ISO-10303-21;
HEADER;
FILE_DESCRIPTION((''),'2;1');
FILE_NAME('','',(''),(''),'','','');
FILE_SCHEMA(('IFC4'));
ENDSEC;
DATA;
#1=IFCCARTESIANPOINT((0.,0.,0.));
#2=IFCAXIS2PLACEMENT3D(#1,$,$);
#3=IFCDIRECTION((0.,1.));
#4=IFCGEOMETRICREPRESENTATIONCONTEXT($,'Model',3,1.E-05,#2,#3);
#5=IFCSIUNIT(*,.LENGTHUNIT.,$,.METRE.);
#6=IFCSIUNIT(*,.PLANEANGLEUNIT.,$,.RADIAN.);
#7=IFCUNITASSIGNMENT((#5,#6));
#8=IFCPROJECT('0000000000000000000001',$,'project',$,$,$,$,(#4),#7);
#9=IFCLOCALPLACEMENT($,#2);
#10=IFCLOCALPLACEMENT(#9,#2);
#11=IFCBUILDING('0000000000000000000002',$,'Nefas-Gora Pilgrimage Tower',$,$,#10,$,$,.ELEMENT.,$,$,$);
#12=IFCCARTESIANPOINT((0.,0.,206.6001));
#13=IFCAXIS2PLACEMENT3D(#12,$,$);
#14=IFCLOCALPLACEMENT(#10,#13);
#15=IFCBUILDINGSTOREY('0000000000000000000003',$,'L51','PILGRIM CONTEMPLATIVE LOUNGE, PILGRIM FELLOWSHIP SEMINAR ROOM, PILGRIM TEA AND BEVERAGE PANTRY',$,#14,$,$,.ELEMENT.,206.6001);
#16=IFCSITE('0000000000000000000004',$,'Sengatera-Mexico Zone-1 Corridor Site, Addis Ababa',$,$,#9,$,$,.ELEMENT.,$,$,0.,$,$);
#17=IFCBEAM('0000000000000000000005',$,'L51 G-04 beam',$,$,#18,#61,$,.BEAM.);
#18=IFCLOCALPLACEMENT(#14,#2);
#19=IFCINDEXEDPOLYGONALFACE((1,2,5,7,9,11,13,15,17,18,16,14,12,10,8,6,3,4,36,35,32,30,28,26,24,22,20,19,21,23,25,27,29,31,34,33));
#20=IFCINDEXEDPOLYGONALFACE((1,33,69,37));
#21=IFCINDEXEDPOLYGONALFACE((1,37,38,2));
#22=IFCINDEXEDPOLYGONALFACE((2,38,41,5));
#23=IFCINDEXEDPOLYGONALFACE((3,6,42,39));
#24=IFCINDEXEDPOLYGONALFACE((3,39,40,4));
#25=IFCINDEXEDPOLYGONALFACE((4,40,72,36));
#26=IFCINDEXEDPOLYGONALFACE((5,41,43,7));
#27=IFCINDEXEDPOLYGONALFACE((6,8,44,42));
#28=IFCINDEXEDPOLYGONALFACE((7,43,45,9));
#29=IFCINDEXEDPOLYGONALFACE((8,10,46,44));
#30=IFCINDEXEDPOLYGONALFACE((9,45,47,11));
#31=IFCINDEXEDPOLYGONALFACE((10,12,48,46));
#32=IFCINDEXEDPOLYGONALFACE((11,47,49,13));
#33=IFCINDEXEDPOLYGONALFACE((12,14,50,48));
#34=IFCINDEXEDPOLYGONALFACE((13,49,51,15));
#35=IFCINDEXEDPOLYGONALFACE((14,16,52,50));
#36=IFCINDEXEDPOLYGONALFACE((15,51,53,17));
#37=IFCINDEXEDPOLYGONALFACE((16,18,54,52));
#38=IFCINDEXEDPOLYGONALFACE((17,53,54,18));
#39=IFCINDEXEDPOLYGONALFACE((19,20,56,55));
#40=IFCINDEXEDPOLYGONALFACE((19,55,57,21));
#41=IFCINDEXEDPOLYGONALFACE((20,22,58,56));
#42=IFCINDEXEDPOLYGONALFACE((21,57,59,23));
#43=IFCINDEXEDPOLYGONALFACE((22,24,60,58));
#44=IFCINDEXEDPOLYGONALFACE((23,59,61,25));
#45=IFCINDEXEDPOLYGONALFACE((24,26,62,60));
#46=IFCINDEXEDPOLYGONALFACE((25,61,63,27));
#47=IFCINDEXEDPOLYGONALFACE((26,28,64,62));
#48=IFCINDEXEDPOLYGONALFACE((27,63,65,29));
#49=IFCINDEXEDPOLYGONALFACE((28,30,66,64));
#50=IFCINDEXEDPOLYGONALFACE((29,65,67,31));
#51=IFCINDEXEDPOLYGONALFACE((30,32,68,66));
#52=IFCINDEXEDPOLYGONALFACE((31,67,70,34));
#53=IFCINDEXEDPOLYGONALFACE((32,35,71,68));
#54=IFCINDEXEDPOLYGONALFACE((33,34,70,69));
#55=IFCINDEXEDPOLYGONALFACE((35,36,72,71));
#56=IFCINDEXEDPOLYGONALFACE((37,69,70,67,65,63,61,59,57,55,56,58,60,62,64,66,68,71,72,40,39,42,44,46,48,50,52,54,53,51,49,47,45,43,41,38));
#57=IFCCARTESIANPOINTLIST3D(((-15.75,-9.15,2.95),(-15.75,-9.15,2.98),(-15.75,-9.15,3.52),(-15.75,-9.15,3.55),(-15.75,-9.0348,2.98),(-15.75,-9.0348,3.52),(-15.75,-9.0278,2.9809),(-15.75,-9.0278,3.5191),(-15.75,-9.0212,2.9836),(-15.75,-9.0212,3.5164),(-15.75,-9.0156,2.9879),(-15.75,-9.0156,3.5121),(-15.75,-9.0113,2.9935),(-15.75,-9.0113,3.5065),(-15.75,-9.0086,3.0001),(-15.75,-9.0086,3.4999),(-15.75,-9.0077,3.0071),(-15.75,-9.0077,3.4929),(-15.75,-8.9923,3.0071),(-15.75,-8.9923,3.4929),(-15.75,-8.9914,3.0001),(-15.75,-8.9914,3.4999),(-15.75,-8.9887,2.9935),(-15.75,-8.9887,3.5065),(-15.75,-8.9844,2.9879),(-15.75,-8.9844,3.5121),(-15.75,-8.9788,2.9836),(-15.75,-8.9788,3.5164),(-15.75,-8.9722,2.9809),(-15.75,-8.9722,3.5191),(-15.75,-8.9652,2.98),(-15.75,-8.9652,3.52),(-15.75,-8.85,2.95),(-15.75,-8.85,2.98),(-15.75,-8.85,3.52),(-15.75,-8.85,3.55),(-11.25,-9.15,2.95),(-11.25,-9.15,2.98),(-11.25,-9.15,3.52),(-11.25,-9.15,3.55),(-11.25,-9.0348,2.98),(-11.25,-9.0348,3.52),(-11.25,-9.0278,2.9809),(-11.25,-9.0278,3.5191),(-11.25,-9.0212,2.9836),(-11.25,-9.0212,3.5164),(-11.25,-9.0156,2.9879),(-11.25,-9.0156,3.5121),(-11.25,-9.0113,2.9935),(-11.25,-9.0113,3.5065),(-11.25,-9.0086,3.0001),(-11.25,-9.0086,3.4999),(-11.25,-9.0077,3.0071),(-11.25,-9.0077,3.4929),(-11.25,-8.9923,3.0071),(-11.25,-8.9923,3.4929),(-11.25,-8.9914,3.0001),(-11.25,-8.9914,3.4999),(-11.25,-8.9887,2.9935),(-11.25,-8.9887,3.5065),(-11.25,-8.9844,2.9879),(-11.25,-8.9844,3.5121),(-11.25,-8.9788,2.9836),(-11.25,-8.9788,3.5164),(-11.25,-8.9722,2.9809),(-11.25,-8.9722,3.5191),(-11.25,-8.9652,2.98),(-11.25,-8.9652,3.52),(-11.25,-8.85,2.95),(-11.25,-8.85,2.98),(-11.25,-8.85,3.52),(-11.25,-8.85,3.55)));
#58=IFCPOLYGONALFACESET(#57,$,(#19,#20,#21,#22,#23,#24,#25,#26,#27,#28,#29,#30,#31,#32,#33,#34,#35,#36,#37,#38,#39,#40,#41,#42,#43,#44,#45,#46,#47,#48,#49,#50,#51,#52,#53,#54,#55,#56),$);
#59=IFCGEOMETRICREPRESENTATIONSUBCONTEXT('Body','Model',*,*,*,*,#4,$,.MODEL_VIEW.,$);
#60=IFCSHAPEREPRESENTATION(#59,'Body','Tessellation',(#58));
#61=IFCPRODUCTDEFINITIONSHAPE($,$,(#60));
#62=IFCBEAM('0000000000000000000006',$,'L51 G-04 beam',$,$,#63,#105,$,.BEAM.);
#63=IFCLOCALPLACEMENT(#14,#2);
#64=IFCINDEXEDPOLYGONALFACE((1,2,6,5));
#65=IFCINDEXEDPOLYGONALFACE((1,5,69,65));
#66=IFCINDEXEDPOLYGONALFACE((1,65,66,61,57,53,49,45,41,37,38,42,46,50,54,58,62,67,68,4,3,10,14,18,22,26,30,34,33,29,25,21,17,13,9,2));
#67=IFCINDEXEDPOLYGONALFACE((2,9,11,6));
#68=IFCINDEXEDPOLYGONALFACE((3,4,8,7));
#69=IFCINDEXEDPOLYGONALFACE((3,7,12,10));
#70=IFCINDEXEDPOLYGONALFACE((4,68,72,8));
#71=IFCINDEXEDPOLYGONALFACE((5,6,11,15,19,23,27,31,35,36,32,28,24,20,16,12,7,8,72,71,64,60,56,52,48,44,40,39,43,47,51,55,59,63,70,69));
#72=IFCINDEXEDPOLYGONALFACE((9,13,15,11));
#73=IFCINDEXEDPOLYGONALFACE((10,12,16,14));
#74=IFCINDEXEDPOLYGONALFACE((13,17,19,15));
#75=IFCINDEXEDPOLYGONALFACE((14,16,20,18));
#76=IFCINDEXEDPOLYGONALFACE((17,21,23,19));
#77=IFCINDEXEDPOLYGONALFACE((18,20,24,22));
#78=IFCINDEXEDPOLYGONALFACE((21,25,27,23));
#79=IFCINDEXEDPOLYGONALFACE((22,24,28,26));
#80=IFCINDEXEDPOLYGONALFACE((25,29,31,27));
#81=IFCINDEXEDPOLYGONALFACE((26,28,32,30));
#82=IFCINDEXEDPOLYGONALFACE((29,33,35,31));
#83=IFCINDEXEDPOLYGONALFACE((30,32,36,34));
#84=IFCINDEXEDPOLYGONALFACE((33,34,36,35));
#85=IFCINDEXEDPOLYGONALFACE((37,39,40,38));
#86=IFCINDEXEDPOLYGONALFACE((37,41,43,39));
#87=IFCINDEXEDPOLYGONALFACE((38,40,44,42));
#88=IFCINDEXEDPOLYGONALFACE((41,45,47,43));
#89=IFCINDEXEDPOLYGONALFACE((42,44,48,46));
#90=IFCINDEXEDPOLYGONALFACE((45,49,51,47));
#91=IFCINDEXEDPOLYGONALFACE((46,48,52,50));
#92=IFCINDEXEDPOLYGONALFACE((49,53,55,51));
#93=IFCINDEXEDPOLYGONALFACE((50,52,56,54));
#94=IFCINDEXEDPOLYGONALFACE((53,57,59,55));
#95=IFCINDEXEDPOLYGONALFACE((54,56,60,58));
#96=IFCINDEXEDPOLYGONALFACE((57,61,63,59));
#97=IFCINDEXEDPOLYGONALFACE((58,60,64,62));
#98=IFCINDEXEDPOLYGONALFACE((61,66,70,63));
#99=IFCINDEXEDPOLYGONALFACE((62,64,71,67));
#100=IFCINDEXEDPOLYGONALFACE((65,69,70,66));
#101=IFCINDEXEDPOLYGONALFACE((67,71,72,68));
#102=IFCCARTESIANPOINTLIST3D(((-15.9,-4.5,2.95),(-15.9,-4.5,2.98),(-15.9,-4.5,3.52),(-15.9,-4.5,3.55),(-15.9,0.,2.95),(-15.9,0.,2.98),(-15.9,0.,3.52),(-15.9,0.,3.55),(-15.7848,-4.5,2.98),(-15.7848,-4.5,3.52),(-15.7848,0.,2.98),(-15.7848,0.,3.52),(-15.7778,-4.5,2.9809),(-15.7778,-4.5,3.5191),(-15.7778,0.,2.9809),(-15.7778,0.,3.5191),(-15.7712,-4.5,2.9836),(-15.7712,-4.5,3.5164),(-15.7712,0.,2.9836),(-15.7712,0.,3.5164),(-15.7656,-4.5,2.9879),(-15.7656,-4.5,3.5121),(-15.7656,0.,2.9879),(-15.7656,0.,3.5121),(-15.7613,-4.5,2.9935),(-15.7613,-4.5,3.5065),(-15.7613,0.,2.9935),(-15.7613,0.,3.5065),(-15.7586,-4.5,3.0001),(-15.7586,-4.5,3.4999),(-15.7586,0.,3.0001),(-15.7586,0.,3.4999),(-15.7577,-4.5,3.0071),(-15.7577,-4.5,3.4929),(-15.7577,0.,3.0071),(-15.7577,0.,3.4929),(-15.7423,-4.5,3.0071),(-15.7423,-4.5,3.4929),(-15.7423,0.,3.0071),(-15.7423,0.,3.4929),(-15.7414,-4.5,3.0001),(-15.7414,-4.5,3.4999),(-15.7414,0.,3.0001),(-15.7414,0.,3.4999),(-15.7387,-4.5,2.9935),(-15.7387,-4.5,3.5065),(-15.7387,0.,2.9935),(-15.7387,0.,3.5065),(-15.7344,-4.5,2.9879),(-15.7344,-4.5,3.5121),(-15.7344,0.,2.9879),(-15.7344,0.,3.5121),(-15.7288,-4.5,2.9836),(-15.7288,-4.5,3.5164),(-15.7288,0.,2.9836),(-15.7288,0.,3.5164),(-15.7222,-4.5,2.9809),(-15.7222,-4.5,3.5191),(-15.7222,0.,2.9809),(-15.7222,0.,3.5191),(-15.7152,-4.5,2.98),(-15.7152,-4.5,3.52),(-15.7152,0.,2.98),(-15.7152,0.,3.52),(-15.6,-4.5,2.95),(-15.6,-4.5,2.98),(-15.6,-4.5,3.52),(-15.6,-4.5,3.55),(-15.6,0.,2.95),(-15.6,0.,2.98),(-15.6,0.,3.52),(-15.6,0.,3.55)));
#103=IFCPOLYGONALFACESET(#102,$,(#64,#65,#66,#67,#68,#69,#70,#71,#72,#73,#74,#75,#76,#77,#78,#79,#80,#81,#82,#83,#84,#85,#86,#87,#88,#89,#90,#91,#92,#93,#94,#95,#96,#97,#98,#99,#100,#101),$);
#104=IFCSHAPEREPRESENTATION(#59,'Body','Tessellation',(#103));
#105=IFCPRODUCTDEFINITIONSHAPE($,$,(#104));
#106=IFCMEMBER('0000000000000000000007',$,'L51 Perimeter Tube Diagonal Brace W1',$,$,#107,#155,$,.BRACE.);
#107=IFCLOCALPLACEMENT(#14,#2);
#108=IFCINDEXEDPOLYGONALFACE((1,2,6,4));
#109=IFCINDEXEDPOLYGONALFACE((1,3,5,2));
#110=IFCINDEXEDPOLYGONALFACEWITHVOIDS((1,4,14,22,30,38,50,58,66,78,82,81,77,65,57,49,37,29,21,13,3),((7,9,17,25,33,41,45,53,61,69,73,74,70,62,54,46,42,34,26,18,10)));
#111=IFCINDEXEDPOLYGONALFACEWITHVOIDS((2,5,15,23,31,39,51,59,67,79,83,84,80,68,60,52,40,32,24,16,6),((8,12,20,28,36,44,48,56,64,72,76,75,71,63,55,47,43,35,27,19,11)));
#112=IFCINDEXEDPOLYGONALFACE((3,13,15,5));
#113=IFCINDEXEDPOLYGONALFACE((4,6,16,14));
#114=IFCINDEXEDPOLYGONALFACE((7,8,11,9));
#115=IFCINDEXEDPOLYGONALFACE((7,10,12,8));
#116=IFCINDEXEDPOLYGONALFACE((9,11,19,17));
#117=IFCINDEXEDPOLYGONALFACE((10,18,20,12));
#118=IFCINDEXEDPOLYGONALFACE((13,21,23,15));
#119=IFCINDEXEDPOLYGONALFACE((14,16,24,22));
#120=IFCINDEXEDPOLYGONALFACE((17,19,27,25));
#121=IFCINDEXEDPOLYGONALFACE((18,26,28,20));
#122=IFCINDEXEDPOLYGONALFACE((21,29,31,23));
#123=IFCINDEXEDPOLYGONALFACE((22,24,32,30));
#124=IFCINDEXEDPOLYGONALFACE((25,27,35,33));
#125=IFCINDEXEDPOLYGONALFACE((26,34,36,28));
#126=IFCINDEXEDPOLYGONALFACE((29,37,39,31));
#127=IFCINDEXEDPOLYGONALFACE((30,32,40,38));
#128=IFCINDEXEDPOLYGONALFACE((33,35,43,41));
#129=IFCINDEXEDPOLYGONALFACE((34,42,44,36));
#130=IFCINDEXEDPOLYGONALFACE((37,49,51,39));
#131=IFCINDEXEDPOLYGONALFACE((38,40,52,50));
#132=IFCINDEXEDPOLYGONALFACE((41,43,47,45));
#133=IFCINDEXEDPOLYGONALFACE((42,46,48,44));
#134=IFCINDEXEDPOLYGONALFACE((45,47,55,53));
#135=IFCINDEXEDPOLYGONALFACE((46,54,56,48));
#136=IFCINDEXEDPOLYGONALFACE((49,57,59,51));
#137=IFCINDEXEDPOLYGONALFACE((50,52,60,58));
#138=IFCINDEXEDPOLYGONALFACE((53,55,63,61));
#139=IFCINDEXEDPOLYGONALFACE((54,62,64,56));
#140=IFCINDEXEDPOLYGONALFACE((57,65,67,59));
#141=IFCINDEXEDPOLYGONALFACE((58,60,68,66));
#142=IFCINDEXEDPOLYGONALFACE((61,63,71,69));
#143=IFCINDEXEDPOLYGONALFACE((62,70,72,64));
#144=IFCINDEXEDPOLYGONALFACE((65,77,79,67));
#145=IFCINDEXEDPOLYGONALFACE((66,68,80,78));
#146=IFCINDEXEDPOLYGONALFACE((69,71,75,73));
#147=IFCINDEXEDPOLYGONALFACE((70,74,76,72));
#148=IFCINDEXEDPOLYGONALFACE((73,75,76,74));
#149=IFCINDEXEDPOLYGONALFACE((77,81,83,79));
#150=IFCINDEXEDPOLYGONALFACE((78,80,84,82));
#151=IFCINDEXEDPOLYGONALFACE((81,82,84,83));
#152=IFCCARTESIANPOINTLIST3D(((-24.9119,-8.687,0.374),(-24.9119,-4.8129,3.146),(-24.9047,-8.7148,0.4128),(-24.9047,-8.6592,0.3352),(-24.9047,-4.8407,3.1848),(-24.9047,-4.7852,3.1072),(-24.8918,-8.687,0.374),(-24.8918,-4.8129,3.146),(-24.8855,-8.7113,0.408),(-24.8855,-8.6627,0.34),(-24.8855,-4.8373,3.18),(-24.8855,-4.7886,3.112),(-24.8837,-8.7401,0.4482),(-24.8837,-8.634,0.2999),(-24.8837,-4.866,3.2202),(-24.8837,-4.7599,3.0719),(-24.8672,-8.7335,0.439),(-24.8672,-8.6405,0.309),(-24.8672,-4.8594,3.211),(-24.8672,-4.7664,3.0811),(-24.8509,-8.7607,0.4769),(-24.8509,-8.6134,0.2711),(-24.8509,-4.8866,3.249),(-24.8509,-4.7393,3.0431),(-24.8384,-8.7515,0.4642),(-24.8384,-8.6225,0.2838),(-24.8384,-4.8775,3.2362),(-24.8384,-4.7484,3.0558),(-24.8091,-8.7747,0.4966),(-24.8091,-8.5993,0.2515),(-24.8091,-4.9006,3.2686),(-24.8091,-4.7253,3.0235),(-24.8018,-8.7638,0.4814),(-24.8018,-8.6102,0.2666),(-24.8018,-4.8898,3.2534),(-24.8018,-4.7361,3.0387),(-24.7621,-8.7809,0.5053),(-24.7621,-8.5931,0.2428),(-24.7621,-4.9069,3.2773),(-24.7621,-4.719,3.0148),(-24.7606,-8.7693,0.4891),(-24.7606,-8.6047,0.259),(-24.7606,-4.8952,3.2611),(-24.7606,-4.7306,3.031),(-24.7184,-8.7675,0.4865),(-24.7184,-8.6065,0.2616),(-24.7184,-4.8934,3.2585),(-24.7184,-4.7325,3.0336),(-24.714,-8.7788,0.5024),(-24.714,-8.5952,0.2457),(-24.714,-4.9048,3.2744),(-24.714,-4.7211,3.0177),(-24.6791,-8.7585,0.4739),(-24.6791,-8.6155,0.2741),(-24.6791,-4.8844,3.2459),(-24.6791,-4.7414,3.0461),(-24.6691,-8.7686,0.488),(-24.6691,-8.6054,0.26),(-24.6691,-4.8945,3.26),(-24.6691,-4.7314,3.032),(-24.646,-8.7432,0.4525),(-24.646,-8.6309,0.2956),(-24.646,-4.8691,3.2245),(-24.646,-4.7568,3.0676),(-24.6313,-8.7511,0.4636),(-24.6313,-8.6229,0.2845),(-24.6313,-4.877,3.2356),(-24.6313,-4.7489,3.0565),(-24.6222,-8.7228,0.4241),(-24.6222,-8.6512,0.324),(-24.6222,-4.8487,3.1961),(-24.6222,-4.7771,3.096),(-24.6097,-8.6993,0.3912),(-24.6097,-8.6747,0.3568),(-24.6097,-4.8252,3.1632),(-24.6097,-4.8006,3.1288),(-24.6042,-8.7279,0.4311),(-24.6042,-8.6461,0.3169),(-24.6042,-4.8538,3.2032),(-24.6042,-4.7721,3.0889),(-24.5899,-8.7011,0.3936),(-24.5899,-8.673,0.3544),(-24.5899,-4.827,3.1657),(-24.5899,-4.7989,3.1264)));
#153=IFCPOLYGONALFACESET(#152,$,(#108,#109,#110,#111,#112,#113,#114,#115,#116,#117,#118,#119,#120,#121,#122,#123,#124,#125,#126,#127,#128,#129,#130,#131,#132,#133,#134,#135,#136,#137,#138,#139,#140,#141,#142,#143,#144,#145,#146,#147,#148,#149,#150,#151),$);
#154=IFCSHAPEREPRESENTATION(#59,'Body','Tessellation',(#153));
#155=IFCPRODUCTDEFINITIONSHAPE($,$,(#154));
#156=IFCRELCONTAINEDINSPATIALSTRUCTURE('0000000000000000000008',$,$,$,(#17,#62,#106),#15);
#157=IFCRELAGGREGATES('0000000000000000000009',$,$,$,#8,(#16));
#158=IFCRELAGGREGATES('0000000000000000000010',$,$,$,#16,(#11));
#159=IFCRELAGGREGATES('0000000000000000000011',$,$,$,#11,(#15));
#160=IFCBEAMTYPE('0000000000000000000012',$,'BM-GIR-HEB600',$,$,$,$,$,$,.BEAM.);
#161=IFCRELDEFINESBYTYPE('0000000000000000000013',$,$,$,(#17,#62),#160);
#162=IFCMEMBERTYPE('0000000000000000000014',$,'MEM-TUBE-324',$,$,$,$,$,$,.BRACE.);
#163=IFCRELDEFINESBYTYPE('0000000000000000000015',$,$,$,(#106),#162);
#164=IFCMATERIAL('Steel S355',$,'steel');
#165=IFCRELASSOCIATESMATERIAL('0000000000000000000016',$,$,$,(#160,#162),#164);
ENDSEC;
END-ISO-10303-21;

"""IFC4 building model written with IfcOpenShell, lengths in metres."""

from ifc_helpers import new_model, si_unit, direction, frame, origin, origin_2d, place, context, subcontext, project, spatial, hollow_circle, i_section, extrude, source, transform, mapped, material, material_profile, profile_set, type_object, element, save


model = new_model("IFC4")

# Units and contexts
model_context = context("Model", 3, precision=1e-05, world=origin(), true_north=direction((0.0, 1.0)))
body_context = subcontext(model_context, "Body", "Model", "MODEL_VIEW")
ifc_project = project(units=[si_unit("LENGTHUNIT", "METRE"), si_unit("PLANEANGLEUNIT", "RADIAN")], contexts=[model_context])

# Site, building, storey
site_placement = place(None, origin())
site = spatial("IfcSite", under=ifc_project, at=site_placement, Name="Sengatera-Mexico Zone-1 Corridor Site, Addis Ababa", CompositionType="ELEMENT", RefElevation=0.0)
building_placement = place(site_placement, origin())
building = spatial("IfcBuilding", under=site, at=building_placement, Name="Nefas-Gora Pilgrimage Tower", CompositionType="ELEMENT")
storey_placement = place(building_placement, frame((0.0, 0.0, 206.6001)))
storey = spatial("IfcBuildingStorey", under=building, at=storey_placement, Name="L51", Description="PILGRIM CONTEMPLATIVE LOUNGE, PILGRIM FELLOWSHIP SEMINAR ROOM, PILGRIM TEA AND BEVERAGE PANTRY", CompositionType="ELEMENT", Elevation=206.6001)

# Beams
ifc_material_1 = material(Name="Steel S355", Category="steel")
ifc_material_profile_1 = material_profile(ifc_material_1, i_section(OverallWidth=0.3, OverallDepth=0.6001, WebThickness=0.0154, FlangeThickness=0.03, FilletRadius=0.0271, at=origin_2d()), Name="HEB 600")
ifc_profile_set_1 = profile_set([ifc_material_profile_1], Name="Steel S355")
beam_type_1 = type_object("IfcBeamType", Name="BM-GIR-HEB600", PredefinedType="BEAM", material=ifc_profile_set_1)
shared_shape_1 = source(origin(), body_context, "Body", "SweptSolid", [
    extrude(i_section(OverallWidth=0.3, OverallDepth=0.6001, WebThickness=0.0154, FlangeThickness=0.03, FilletRadius=0.0271, at=origin_2d()), origin(), (0.0, 0.0, 1.0), 4.5),
])
for number, where, z_axis, x_axis, name in (
    (1, (-15.75, -9.0, 3.25), (1.0, 0.0, 0.0), (0.0, 1.0, 0.0), "L51 G-04 beam"),
    (2, (-15.75, -4.5, 3.25), (0.0, 1.0, 0.0), (-1.0, 0.0, 0.0), "L51 G-04 beam"),
):
    element("IfcBeam", number, at=place(storey_placement, frame(where, z_axis=z_axis, x_axis=x_axis)), inside=storey, type_object=beam_type_1, Name=name, PredefinedType="BEAM", context=body_context, shape_type="MappedRepresentation", body=[
        mapped(shared_shape_1, transform((0.0, 0.0, 0.0), x_axis=(1.0, 0.0, 0.0), y_axis=(0.0, 1.0, 0.0), z_axis=(0.0, 0.0, 1.0), scale=1.0)),
    ])

# Member
ifc_material_profile_2 = material_profile(ifc_material_1, hollow_circle(Radius=0.1619, WallThickness=0.02, at=origin_2d()), Name="CHS 323.9x20")
ifc_profile_set_2 = profile_set([ifc_material_profile_2], Name="Steel S355")
member_type_1 = type_object("IfcMemberType", Name="MEM-TUBE-324", PredefinedType="BRACE", material=ifc_profile_set_2)
shared_shape_2 = source(origin(), body_context, "Body", "SweptSolid", [
    extrude(hollow_circle(Radius=0.1619, WallThickness=0.02, at=origin_2d()), origin(), (0.0, 0.0, 1.0), 4.7637),
])
member_1_placement = place(storey_placement, frame((-24.75, -8.687, 0.374), z_axis=(0.0, 0.813255, 0.581907), x_axis=(-1.0, 0.0, 0.0)))
element("IfcMember", 3, at=member_1_placement, inside=storey, type_object=member_type_1, Name="L51 Perimeter Tube Diagonal Brace W1", PredefinedType="BRACE", context=body_context, shape_type="MappedRepresentation", body=[
    mapped(shared_shape_2, transform((0.0, 0.0, 0.0), x_axis=(1.0, 0.0, 0.0), y_axis=(0.0, 1.0, 0.0), z_axis=(0.0, 0.0, 1.0), scale=1.0)),
])

save(model, "model.ifc")
